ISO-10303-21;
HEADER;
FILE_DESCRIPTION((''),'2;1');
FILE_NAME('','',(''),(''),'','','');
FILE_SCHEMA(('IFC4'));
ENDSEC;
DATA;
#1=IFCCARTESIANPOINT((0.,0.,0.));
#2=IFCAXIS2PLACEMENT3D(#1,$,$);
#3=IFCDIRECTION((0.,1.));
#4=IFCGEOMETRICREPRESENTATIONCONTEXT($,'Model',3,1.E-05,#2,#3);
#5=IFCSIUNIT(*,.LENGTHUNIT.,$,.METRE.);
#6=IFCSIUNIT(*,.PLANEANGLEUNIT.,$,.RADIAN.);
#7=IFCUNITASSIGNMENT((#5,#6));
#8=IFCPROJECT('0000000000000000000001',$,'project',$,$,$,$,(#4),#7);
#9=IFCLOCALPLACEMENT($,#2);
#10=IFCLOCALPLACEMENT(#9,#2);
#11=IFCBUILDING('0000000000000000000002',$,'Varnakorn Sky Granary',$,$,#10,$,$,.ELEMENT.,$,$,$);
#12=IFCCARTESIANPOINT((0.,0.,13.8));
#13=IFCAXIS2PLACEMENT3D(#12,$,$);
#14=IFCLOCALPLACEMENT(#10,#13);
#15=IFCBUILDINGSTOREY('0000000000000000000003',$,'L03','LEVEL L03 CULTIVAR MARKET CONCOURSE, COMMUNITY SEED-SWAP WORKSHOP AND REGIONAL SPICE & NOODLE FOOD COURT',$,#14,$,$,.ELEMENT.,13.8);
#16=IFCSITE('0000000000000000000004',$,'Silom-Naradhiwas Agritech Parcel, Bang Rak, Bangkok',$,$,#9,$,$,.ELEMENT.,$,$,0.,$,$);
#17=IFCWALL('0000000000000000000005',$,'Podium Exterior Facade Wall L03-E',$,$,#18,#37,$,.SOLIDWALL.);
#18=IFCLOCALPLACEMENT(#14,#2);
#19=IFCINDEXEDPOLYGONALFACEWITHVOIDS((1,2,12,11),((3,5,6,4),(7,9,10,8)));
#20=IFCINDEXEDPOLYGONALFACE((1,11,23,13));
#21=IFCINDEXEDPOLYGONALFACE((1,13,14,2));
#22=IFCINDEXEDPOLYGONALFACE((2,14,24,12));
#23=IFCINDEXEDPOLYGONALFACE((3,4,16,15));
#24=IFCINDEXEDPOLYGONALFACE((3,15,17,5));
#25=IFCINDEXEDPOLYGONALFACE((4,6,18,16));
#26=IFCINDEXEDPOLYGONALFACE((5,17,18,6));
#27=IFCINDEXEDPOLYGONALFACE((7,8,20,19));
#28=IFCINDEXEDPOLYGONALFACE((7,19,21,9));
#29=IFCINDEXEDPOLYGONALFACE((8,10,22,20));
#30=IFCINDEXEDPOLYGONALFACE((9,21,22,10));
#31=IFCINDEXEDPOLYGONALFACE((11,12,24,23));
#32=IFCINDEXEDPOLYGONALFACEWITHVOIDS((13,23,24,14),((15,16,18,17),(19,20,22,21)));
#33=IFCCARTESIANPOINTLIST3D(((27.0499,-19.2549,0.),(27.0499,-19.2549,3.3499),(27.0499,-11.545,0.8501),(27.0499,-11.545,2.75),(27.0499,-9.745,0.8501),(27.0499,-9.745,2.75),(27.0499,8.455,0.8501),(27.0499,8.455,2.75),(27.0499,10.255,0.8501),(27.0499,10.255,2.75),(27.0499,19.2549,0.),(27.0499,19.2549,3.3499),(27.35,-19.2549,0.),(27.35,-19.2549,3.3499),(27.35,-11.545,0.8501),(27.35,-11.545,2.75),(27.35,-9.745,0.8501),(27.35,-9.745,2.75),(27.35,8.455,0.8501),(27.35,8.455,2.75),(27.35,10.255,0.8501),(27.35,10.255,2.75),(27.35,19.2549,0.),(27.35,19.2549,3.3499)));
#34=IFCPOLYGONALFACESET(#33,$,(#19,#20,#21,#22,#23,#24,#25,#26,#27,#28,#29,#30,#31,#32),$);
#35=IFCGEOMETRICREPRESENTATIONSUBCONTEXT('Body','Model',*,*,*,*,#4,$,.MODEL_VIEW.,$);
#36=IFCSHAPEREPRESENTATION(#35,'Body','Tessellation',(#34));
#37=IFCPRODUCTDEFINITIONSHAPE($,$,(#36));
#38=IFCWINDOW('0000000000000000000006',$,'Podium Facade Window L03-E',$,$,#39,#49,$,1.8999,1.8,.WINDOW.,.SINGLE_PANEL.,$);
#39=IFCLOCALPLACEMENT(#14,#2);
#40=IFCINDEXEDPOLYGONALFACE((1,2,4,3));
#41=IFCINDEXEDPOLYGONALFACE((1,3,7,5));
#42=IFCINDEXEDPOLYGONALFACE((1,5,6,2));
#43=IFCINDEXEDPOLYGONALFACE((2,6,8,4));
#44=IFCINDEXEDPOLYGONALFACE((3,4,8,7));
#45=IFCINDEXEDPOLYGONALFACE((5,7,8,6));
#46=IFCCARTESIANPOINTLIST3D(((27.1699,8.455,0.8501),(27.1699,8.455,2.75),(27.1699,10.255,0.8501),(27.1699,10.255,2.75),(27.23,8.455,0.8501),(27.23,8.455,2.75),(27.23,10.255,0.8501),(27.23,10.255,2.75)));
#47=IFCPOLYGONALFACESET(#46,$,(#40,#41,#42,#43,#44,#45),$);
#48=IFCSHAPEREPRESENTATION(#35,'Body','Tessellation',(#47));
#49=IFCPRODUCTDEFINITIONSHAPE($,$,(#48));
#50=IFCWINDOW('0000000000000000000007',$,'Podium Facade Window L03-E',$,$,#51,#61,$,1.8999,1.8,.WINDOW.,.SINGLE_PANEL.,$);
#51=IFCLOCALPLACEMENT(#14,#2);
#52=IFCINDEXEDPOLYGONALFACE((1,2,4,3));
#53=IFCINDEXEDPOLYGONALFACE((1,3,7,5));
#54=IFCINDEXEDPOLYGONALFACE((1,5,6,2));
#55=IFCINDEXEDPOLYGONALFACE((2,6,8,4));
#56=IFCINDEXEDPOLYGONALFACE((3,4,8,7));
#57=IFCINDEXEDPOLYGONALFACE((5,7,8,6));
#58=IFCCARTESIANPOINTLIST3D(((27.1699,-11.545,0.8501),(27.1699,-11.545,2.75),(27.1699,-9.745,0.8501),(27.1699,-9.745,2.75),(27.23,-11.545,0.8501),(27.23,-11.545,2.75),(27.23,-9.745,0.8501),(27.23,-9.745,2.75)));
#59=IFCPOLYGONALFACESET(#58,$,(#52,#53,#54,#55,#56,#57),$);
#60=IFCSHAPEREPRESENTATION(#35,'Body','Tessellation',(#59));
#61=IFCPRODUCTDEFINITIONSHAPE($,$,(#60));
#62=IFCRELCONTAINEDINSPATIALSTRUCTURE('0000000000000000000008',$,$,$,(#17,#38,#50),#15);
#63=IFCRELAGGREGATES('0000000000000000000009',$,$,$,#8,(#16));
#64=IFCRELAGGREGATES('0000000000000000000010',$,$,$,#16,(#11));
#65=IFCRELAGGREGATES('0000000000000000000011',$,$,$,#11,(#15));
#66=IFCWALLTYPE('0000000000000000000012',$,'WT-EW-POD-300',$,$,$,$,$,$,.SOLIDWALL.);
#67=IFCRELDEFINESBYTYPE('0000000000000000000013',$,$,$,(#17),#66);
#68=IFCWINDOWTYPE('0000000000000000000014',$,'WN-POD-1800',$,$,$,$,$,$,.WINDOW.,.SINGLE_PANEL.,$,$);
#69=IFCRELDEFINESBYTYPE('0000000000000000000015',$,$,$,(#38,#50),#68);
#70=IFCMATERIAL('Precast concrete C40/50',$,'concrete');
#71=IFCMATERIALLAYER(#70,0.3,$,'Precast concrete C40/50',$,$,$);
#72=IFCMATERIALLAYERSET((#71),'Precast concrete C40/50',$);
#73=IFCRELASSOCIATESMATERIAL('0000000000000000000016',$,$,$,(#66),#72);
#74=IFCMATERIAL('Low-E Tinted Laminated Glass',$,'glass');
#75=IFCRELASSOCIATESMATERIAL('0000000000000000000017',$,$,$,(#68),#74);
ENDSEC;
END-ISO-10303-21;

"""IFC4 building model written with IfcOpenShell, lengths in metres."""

from ifc_helpers import new_model, si_unit, direction, frame, frame_2d, origin, place, context, subcontext, project, spatial, rectangle, extrude, material, layer, layer_set, type_object, element, fill, save


model = new_model("IFC4")

# Units and contexts
model_context = context("Model", 3, precision=1e-05, world=origin(), true_north=direction((0.0, 1.0)))
body_context = subcontext(model_context, "Body", "Model", "MODEL_VIEW")
ifc_project = project(units=[si_unit("LENGTHUNIT", "METRE"), si_unit("PLANEANGLEUNIT", "RADIAN")], contexts=[model_context])

# Site, building, storey
site_placement = place(None, origin())
site = spatial("IfcSite", under=ifc_project, at=site_placement, Name="Silom-Naradhiwas Agritech Parcel, Bang Rak, Bangkok", CompositionType="ELEMENT", RefElevation=0.0)
building_placement = place(site_placement, origin())
building = spatial("IfcBuilding", under=site, at=building_placement, Name="Varnakorn Sky Granary", CompositionType="ELEMENT")
storey_placement = place(building_placement, frame((0.0, 0.0, 13.8)))
storey = spatial("IfcBuildingStorey", under=building, at=storey_placement, Name="L03", Description="LEVEL L03 CULTIVAR MARKET CONCOURSE, COMMUNITY SEED-SWAP WORKSHOP AND REGIONAL SPICE & NOODLE FOOD COURT", CompositionType="ELEMENT", Elevation=13.8)

# Shared definitions
ifc_material_1 = material(Name="Low-E Tinted Laminated Glass", Category="glass")

# Wall, openings, windows
ifc_material_2 = material(Name="Precast concrete C40/50", Category="concrete")
ifc_layer_1 = layer(ifc_material_2, 0.3, Name="Precast concrete C40/50")
ifc_layer_set_1 = layer_set([ifc_layer_1], Name="Precast concrete C40/50")
wall_type_1 = type_object("IfcWallType", Name="WT-EW-POD-300", PredefinedType="SOLIDWALL", material=ifc_layer_set_1)
wall_1_placement = place(storey_placement, frame((27.2, 19.2549, 0.0), z_axis=(0.0, 0.0, 1.0), x_axis=(0.0, -1.0, 0.0)))
wall_1 = element("IfcWall", 1, at=wall_1_placement, inside=storey, type_object=wall_type_1, Name="Podium Exterior Facade Wall L03-E", PredefinedType="SOLIDWALL", context=body_context, shape_type="SweptSolid", body=[
    extrude(rectangle(XDim=38.5098, YDim=0.3, at=frame_2d((19.2549, 0.0))), origin(), (0.0, 0.0, 1.0), 3.3499),
])
opening_1_placement = place(wall_1_placement, frame((9.0, 0.0, 0.8501)))
opening_1 = element("IfcOpeningElement", 2, at=opening_1_placement, cuts=wall_1, PredefinedType="OPENING", context=body_context, shape_type="SweptSolid", body=[
    extrude(rectangle(XDim=1.8, YDim=1.8999, at=frame_2d((0.8999, 0.95))), frame((0.0, 0.1602, 0.0), z_axis=(0.0, -1.0, 0.0), x_axis=(1.0, 0.0, 0.0)), (0.0, 0.0, 1.0), 0.3201),
])
opening_2_placement = place(wall_1_placement, frame((29.0, 0.0, 0.8501)))
opening_2 = element("IfcOpeningElement", 3, at=opening_2_placement, cuts=wall_1, PredefinedType="OPENING", context=body_context, shape_type="SweptSolid", body=[
    extrude(rectangle(XDim=1.8, YDim=1.8999, at=frame_2d((0.8999, 0.95))), frame((0.0, 0.1602, 0.0), z_axis=(0.0, -1.0, 0.0), x_axis=(1.0, 0.0, 0.0)), (0.0, 0.0, 1.0), 0.3201),
])
window_type = type_object("IfcWindowType", Name="WN-POD-1800", PartitioningType="SINGLE_PANEL", PredefinedType="WINDOW", material=ifc_material_1)
window_1_placement = place(opening_1_placement, origin())
window_1 = element("IfcWindow", 4, at=window_1_placement, inside=storey, type_object=window_type, Name="Podium Facade Window L03-E", OverallHeight=1.8999, OverallWidth=1.8, PartitioningType="SINGLE_PANEL", PredefinedType="WINDOW", context=body_context, shape_type="SweptSolid", body=[
    extrude(rectangle(XDim=1.8, YDim=1.8999, at=frame_2d((0.8999, 0.95))), frame((0.0, 0.03, 0.0), z_axis=(0.0, -1.0, 0.0), x_axis=(1.0, 0.0, 0.0)), (0.0, 0.0, 1.0), 0.0601),
])
fill(opening_1, window_1)
window_2_placement = place(opening_2_placement, origin())
window_2 = element("IfcWindow", 5, at=window_2_placement, inside=storey, type_object=window_type, Name="Podium Facade Window L03-E", OverallHeight=1.8999, OverallWidth=1.8, PartitioningType="SINGLE_PANEL", PredefinedType="WINDOW", context=body_context, shape_type="SweptSolid", body=[
    extrude(rectangle(XDim=1.8, YDim=1.8999, at=frame_2d((0.8999, 0.95))), frame((0.0, 0.03, 0.0), z_axis=(0.0, -1.0, 0.0), x_axis=(1.0, 0.0, 0.0)), (0.0, 0.0, 1.0), 0.0601),
])
fill(opening_2, window_2)

save(model, "model.ifc")
